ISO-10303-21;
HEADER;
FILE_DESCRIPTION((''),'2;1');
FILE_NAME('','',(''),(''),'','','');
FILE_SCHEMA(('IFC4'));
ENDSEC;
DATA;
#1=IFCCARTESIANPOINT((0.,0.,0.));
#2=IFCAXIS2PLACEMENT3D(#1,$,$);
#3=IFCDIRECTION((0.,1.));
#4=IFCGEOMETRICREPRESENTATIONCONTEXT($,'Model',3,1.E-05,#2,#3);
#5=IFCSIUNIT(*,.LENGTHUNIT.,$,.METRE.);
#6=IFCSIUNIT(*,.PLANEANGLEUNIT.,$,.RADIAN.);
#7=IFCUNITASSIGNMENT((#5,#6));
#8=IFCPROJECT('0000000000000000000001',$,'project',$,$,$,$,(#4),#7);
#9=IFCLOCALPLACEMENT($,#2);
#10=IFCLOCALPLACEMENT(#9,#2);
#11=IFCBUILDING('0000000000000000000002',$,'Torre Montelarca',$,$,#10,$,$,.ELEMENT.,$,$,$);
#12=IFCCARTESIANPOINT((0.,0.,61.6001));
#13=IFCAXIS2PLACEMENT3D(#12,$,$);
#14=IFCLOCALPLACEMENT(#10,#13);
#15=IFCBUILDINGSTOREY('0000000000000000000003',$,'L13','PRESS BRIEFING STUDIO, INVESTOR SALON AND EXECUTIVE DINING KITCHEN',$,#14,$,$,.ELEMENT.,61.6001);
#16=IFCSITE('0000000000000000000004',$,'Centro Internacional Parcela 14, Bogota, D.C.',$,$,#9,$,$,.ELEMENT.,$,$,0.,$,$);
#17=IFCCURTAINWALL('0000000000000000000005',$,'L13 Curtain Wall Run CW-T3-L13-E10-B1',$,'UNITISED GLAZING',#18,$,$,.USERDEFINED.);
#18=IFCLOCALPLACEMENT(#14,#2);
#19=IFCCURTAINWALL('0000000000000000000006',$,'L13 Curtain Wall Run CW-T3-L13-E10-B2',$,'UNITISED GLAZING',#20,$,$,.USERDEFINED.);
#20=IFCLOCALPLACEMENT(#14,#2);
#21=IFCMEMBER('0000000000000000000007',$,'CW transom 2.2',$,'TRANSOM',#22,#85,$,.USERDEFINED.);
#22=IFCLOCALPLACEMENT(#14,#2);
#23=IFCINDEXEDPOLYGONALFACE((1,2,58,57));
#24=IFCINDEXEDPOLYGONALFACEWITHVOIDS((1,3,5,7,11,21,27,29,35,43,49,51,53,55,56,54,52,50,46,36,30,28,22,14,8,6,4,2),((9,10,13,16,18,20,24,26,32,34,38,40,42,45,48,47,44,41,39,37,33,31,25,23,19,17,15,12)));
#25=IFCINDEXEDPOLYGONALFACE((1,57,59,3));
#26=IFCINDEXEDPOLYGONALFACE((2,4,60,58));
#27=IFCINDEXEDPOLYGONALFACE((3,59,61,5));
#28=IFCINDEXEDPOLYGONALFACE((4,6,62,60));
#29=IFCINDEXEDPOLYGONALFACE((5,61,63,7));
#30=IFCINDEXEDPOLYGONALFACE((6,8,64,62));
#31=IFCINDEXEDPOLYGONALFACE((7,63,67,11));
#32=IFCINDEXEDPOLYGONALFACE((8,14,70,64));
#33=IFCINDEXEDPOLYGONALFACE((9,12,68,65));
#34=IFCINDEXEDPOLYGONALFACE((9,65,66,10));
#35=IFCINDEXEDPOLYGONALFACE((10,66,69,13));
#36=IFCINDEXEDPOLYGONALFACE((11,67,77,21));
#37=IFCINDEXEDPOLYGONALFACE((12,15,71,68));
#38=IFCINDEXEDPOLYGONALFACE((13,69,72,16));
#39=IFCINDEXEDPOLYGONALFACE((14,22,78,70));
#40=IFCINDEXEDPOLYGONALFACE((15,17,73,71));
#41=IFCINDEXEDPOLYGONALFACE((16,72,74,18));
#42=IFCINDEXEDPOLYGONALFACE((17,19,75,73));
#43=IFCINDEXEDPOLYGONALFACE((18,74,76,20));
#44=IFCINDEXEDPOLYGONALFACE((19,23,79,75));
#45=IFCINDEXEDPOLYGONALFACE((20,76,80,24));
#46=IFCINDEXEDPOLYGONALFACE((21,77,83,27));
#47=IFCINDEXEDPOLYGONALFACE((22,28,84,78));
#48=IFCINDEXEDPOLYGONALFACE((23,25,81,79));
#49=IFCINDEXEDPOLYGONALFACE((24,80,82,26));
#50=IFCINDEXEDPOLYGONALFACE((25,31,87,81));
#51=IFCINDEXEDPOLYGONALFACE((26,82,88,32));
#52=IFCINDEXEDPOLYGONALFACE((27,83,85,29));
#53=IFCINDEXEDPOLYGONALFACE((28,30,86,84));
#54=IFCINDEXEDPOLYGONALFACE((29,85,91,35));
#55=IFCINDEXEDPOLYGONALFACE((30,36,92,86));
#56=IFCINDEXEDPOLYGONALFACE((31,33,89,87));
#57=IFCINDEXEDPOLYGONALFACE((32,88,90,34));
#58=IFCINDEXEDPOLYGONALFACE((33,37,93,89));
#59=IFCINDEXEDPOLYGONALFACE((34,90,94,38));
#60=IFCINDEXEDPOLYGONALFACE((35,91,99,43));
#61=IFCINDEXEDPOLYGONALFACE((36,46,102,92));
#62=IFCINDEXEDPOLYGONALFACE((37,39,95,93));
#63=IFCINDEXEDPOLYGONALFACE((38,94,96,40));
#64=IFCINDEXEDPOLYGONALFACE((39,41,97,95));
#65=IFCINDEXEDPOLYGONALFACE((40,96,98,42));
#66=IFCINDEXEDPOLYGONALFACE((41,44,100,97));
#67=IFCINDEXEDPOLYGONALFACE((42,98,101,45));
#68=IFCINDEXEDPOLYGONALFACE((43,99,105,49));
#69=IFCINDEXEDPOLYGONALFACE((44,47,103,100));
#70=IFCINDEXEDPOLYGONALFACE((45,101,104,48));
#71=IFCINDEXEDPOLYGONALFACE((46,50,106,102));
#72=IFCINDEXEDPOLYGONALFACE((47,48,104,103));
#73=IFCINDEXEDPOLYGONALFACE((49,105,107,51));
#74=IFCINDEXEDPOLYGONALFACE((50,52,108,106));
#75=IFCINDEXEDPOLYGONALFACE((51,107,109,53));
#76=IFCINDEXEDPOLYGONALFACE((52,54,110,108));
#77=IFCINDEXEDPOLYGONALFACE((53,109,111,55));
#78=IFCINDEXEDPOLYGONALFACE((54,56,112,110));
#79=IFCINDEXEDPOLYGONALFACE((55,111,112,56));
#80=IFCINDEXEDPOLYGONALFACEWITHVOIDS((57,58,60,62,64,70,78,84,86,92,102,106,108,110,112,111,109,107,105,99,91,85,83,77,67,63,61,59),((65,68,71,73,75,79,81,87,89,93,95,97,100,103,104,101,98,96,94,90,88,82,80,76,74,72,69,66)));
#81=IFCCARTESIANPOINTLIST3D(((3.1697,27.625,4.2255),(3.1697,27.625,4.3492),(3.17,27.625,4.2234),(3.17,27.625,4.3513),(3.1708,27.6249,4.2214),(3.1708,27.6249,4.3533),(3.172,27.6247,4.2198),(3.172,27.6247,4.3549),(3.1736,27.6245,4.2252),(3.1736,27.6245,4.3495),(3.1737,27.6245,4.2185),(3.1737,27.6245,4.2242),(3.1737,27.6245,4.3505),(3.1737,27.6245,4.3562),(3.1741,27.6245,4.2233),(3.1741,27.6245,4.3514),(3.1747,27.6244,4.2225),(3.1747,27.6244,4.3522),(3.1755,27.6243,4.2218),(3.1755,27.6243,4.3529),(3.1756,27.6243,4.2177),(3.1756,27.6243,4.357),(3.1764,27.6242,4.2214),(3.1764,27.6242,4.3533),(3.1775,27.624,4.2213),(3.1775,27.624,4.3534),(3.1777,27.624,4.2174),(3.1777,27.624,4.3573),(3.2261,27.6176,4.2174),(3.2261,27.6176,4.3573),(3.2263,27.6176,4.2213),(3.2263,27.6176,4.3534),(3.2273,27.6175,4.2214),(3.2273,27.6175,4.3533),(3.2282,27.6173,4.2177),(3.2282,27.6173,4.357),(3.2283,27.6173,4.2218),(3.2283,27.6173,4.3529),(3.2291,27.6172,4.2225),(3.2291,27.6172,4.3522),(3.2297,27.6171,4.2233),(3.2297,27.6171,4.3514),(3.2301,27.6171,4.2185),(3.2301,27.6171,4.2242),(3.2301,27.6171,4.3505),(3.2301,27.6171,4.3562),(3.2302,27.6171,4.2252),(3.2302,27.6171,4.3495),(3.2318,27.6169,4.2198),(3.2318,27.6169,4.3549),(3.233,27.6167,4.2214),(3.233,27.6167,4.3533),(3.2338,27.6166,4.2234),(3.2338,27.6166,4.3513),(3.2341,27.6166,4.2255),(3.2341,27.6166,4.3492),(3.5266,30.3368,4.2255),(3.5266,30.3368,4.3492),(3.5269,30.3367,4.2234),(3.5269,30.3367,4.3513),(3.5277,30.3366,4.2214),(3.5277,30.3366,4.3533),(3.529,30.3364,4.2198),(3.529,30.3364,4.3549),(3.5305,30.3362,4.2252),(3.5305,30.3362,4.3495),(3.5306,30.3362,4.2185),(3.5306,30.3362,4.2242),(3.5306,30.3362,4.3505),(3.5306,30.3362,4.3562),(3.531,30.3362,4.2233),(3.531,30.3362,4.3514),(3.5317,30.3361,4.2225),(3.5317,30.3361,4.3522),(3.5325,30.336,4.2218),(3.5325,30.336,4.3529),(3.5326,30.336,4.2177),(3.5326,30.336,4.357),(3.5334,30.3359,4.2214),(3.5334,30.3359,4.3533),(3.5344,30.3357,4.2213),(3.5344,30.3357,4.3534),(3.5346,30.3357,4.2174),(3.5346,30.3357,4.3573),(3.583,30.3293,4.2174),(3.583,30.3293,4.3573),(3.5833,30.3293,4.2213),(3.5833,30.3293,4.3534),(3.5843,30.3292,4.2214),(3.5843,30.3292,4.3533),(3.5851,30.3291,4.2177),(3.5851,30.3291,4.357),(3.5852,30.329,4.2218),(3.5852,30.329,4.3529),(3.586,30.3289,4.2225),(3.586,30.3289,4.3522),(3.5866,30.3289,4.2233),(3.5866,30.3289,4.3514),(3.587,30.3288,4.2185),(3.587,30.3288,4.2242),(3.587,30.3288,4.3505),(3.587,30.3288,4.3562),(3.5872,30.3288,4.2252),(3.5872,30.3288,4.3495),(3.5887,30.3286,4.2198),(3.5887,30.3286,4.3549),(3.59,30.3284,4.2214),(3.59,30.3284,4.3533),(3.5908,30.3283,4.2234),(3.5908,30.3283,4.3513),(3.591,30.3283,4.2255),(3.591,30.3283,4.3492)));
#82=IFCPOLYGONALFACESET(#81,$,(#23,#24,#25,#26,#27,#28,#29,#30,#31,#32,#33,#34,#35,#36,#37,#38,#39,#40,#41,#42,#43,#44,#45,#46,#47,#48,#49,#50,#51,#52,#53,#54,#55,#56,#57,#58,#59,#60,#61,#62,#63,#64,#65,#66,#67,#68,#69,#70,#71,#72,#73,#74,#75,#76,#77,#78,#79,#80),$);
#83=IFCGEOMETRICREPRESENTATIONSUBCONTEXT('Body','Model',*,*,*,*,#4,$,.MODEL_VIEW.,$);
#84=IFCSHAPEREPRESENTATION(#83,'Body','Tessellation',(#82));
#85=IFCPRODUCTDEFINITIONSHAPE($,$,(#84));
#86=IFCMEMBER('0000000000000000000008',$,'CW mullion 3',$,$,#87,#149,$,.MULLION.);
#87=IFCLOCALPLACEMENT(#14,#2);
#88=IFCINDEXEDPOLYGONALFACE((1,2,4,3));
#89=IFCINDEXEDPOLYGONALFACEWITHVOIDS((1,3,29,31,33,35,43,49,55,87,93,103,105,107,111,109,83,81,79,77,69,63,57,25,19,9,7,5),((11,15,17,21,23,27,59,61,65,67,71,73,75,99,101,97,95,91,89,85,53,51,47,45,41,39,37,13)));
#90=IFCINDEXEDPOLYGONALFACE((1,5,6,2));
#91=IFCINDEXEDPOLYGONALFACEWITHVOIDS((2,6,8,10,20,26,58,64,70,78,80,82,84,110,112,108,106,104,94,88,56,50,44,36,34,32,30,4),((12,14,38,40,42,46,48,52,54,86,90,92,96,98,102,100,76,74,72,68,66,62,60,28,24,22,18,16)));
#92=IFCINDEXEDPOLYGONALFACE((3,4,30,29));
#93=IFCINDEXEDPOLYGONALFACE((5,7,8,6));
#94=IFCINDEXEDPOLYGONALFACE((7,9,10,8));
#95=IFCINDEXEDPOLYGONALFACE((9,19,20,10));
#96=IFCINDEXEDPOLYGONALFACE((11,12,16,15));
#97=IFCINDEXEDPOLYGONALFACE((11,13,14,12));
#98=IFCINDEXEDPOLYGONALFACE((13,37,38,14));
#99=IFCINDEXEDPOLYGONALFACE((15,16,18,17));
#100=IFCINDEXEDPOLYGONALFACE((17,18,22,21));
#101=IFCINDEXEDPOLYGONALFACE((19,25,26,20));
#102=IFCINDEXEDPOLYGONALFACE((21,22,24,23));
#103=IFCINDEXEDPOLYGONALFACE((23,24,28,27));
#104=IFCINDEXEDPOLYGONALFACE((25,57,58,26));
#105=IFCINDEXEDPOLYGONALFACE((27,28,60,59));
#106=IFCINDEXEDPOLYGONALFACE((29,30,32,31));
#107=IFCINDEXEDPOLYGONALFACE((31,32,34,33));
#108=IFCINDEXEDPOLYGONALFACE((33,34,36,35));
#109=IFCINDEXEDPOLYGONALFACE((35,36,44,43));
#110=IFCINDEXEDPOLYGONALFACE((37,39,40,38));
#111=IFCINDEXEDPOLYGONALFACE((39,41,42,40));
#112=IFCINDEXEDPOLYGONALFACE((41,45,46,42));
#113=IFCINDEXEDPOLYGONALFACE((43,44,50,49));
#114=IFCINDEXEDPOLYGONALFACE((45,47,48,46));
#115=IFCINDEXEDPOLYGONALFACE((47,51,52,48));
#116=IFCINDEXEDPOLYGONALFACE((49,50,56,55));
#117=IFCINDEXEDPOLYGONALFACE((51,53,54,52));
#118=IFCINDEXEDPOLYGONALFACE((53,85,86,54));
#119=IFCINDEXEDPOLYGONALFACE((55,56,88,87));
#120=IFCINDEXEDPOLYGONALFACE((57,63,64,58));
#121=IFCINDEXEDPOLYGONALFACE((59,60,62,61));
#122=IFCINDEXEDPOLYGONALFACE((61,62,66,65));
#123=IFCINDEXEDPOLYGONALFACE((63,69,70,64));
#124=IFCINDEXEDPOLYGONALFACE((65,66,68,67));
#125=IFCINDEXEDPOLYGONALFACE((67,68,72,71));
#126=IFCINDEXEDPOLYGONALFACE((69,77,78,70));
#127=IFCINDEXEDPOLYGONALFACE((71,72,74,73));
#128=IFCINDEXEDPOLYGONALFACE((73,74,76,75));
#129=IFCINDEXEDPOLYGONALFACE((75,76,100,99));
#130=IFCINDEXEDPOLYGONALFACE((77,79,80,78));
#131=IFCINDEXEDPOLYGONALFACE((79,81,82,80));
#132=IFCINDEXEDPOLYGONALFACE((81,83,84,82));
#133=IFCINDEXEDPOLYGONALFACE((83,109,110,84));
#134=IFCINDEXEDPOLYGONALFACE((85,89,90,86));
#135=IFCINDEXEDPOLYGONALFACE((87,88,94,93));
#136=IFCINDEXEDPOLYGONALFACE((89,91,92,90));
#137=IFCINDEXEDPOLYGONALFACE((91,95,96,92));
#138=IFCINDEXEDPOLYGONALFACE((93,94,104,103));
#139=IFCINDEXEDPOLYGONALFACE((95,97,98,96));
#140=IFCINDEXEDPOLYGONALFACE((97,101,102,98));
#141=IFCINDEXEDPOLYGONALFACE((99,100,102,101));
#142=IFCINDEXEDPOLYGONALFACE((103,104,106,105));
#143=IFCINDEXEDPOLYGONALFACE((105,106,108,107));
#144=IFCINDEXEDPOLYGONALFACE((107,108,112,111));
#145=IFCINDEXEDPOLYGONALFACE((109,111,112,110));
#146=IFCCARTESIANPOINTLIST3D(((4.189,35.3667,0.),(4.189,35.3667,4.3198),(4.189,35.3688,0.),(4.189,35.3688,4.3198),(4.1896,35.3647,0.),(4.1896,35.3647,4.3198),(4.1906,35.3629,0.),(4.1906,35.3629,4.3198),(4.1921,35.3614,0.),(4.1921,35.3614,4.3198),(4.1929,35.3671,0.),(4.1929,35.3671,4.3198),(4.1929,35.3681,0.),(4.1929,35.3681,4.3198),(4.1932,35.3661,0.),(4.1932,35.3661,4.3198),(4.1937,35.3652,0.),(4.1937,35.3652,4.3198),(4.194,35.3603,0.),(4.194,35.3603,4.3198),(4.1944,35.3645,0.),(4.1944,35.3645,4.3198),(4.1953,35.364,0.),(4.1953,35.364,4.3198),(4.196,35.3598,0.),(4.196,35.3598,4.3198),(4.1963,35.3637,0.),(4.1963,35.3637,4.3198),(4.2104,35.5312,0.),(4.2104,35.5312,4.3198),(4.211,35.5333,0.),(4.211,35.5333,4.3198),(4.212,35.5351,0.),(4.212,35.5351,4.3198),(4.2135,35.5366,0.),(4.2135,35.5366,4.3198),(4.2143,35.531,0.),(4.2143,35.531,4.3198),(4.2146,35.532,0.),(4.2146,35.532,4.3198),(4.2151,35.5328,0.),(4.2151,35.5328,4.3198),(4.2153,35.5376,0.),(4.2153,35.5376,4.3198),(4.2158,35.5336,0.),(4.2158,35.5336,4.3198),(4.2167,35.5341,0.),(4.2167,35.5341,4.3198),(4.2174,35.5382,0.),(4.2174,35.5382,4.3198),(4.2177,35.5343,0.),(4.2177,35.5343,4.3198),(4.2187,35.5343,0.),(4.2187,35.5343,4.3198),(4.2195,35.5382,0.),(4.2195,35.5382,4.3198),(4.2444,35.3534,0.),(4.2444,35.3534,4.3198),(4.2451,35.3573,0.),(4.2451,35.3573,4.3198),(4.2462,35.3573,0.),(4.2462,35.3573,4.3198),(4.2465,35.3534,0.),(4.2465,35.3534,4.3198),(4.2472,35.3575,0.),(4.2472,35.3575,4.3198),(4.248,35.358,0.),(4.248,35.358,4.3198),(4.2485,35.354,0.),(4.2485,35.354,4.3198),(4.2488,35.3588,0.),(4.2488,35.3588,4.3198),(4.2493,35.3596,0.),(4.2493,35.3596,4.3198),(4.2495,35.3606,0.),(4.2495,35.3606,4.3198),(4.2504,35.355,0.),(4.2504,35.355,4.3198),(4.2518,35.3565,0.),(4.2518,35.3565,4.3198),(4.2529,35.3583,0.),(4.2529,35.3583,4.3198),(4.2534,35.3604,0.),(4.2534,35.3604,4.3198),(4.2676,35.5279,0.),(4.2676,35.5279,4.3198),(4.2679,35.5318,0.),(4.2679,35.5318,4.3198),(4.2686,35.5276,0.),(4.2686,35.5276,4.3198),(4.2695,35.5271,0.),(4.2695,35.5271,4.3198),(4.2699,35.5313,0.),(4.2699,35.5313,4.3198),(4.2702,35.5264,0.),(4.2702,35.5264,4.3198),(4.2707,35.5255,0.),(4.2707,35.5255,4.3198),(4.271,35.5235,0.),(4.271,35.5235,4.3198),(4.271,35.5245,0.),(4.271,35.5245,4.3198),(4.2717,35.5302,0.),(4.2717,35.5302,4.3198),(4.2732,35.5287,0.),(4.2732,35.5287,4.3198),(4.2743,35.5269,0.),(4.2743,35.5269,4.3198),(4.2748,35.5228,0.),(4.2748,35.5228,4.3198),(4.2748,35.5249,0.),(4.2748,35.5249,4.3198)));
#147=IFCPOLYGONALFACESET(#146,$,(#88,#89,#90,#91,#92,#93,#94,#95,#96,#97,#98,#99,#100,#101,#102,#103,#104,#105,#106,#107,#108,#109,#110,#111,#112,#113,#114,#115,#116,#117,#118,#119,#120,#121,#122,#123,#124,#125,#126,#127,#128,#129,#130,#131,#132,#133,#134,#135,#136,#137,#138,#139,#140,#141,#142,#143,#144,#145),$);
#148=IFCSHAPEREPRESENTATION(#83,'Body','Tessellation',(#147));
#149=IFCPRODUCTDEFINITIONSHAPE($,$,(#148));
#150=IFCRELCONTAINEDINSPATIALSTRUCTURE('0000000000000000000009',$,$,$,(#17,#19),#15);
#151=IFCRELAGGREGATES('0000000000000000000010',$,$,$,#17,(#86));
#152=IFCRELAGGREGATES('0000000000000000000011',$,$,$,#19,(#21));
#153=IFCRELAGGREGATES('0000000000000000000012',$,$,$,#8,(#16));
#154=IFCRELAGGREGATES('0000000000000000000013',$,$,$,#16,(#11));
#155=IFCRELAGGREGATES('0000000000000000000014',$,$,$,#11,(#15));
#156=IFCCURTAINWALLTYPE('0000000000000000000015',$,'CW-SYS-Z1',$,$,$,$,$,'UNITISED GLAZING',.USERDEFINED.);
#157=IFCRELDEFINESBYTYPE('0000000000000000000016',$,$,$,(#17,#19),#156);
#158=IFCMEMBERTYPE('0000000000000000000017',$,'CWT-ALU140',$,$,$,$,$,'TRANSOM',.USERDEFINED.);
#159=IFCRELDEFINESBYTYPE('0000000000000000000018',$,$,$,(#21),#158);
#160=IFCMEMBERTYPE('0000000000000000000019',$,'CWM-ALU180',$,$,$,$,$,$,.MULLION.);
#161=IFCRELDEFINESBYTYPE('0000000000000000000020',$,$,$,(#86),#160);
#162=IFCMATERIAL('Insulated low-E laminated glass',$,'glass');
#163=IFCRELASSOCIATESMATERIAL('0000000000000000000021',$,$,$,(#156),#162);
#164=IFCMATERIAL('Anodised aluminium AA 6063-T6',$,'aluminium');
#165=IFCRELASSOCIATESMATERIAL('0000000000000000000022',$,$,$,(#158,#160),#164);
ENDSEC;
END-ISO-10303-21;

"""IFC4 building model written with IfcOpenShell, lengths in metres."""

from ifc_helpers import new_model, si_unit, direction, frame, origin, origin_2d, place, context, subcontext, project, spatial, hollow_rectangle, extrude, source, transform, mapped, material, material_profile, profile_set, type_object, element, aggregate, save


model = new_model("IFC4")

# Units and contexts
model_context = context("Model", 3, precision=1e-05, world=origin(), true_north=direction((0.0, 1.0)))
body_context = subcontext(model_context, "Body", "Model", "MODEL_VIEW")
ifc_project = project(units=[si_unit("LENGTHUNIT", "METRE"), si_unit("PLANEANGLEUNIT", "RADIAN")], contexts=[model_context])

# Site, building, storey
site_placement = place(None, origin())
site = spatial("IfcSite", under=ifc_project, at=site_placement, Name="Centro Internacional Parcela 14, Bogota, D.C.", CompositionType="ELEMENT", RefElevation=0.0)
building_placement = place(site_placement, origin())
building = spatial("IfcBuilding", under=site, at=building_placement, Name="Torre Montelarca", CompositionType="ELEMENT")
storey_placement = place(building_placement, frame((0.0, 0.0, 61.6001)))
storey = spatial("IfcBuildingStorey", under=building, at=storey_placement, Name="L13", Description="PRESS BRIEFING STUDIO, INVESTOR SALON AND EXECUTIVE DINING KITCHEN", CompositionType="ELEMENT", Elevation=61.6001)

# Curtain wall
ifc_material_1 = material(Name="Insulated low-E laminated glass", Category="glass")
curtain_wall_type = type_object("IfcCurtainWallType", Name="CW-SYS-Z1", ElementType="UNITISED GLAZING", PredefinedType="USERDEFINED", material=ifc_material_1)
curtain_wall_1_placement = place(storey_placement, origin())
curtain_wall_1 = element("IfcCurtainWall", 1, at=curtain_wall_1_placement, inside=storey, type_object=curtain_wall_type, Name="L13 Curtain Wall Run CW-T3-L13-E10-B1", ObjectType="UNITISED GLAZING", PredefinedType="USERDEFINED")
ifc_material_2 = material(Name="Anodised aluminium AA 6063-T6", Category="aluminium")
ifc_material_profile_1 = material_profile(ifc_material_2, hollow_rectangle(XDim=0.0649, YDim=0.1399, WallThickness=0.0039, InnerFilletRadius=0.0039, OuterFilletRadius=0.0081, at=origin_2d()), Name="ALU65X140X4", Category="aluminium")
ifc_profile_set_1 = profile_set([ifc_material_profile_1], Name="Anodised aluminium AA 6063-T6")
member_type_1 = type_object("IfcMemberType", Name="CWT-ALU140", ElementType="TRANSOM", PredefinedType="USERDEFINED", material=ifc_profile_set_1)

# Curtain wall, member
curtain_wall_2_placement = place(storey_placement, origin())
curtain_wall_2 = element("IfcCurtainWall", 2, at=curtain_wall_2_placement, inside=storey, type_object=curtain_wall_type, Name="L13 Curtain Wall Run CW-T3-L13-E10-B2", ObjectType="UNITISED GLAZING", PredefinedType="USERDEFINED")
shared_shape_1 = source(origin(), body_context, "Body", "SweptSolid", [
    extrude(hollow_rectangle(XDim=0.0649, YDim=0.1399, WallThickness=0.0039, InnerFilletRadius=0.0039, OuterFilletRadius=0.0081, at=origin_2d()), origin(), (0.0, 0.0, 1.0), 2.7351),
])
member_1_placement = place(storey_placement, frame((3.5588, 30.3325, 4.2874), z_axis=(-0.130503, -0.991448, 0.0), x_axis=(0.991448, -0.130503, 0.0)))
member_1 = element("IfcMember", 3, at=member_1_placement, type_object=member_type_1, Name="CW transom 2.2", ObjectType="TRANSOM", PredefinedType="USERDEFINED", context=body_context, shape_type="MappedRepresentation", body=[
    mapped(shared_shape_1, transform((0.0, 0.0, 0.0), scale=1.0)),
])

# Member
ifc_material_profile_2 = material_profile(ifc_material_2, hollow_rectangle(XDim=0.0649, YDim=0.1799, WallThickness=0.0039, InnerFilletRadius=0.0039, OuterFilletRadius=0.0081, at=origin_2d()), Name="ALU65X180X4", Category="aluminium")
ifc_profile_set_2 = profile_set([ifc_material_profile_2], Name="Anodised aluminium AA 6063-T6")
member_type_2 = type_object("IfcMemberType", Name="CWM-ALU180", PredefinedType="MULLION", material=ifc_profile_set_2)
shared_shape_2 = source(origin(), body_context, "Body", "SweptSolid", [
    extrude(hollow_rectangle(XDim=0.0649, YDim=0.1799, WallThickness=0.0039, InnerFilletRadius=0.0039, OuterFilletRadius=0.0081, at=origin_2d()), origin(), (0.0, 0.0, 1.0), 4.3198),
])
member_2_placement = place(storey_placement, frame((4.2319, 35.4458, 0.0), z_axis=(0.0, 0.0, 1.0), x_axis=(0.991443, -0.130542, 0.0)))
member_2 = element("IfcMember", 4, at=member_2_placement, type_object=member_type_2, Name="CW mullion 3", PredefinedType="MULLION", context=body_context, shape_type="MappedRepresentation", body=[
    mapped(shared_shape_2, transform((0.0, 0.0, 0.0), scale=1.0)),
])

aggregate(curtain_wall_1, [member_2])
aggregate(curtain_wall_2, [member_1])

save(model, "model.ifc")
